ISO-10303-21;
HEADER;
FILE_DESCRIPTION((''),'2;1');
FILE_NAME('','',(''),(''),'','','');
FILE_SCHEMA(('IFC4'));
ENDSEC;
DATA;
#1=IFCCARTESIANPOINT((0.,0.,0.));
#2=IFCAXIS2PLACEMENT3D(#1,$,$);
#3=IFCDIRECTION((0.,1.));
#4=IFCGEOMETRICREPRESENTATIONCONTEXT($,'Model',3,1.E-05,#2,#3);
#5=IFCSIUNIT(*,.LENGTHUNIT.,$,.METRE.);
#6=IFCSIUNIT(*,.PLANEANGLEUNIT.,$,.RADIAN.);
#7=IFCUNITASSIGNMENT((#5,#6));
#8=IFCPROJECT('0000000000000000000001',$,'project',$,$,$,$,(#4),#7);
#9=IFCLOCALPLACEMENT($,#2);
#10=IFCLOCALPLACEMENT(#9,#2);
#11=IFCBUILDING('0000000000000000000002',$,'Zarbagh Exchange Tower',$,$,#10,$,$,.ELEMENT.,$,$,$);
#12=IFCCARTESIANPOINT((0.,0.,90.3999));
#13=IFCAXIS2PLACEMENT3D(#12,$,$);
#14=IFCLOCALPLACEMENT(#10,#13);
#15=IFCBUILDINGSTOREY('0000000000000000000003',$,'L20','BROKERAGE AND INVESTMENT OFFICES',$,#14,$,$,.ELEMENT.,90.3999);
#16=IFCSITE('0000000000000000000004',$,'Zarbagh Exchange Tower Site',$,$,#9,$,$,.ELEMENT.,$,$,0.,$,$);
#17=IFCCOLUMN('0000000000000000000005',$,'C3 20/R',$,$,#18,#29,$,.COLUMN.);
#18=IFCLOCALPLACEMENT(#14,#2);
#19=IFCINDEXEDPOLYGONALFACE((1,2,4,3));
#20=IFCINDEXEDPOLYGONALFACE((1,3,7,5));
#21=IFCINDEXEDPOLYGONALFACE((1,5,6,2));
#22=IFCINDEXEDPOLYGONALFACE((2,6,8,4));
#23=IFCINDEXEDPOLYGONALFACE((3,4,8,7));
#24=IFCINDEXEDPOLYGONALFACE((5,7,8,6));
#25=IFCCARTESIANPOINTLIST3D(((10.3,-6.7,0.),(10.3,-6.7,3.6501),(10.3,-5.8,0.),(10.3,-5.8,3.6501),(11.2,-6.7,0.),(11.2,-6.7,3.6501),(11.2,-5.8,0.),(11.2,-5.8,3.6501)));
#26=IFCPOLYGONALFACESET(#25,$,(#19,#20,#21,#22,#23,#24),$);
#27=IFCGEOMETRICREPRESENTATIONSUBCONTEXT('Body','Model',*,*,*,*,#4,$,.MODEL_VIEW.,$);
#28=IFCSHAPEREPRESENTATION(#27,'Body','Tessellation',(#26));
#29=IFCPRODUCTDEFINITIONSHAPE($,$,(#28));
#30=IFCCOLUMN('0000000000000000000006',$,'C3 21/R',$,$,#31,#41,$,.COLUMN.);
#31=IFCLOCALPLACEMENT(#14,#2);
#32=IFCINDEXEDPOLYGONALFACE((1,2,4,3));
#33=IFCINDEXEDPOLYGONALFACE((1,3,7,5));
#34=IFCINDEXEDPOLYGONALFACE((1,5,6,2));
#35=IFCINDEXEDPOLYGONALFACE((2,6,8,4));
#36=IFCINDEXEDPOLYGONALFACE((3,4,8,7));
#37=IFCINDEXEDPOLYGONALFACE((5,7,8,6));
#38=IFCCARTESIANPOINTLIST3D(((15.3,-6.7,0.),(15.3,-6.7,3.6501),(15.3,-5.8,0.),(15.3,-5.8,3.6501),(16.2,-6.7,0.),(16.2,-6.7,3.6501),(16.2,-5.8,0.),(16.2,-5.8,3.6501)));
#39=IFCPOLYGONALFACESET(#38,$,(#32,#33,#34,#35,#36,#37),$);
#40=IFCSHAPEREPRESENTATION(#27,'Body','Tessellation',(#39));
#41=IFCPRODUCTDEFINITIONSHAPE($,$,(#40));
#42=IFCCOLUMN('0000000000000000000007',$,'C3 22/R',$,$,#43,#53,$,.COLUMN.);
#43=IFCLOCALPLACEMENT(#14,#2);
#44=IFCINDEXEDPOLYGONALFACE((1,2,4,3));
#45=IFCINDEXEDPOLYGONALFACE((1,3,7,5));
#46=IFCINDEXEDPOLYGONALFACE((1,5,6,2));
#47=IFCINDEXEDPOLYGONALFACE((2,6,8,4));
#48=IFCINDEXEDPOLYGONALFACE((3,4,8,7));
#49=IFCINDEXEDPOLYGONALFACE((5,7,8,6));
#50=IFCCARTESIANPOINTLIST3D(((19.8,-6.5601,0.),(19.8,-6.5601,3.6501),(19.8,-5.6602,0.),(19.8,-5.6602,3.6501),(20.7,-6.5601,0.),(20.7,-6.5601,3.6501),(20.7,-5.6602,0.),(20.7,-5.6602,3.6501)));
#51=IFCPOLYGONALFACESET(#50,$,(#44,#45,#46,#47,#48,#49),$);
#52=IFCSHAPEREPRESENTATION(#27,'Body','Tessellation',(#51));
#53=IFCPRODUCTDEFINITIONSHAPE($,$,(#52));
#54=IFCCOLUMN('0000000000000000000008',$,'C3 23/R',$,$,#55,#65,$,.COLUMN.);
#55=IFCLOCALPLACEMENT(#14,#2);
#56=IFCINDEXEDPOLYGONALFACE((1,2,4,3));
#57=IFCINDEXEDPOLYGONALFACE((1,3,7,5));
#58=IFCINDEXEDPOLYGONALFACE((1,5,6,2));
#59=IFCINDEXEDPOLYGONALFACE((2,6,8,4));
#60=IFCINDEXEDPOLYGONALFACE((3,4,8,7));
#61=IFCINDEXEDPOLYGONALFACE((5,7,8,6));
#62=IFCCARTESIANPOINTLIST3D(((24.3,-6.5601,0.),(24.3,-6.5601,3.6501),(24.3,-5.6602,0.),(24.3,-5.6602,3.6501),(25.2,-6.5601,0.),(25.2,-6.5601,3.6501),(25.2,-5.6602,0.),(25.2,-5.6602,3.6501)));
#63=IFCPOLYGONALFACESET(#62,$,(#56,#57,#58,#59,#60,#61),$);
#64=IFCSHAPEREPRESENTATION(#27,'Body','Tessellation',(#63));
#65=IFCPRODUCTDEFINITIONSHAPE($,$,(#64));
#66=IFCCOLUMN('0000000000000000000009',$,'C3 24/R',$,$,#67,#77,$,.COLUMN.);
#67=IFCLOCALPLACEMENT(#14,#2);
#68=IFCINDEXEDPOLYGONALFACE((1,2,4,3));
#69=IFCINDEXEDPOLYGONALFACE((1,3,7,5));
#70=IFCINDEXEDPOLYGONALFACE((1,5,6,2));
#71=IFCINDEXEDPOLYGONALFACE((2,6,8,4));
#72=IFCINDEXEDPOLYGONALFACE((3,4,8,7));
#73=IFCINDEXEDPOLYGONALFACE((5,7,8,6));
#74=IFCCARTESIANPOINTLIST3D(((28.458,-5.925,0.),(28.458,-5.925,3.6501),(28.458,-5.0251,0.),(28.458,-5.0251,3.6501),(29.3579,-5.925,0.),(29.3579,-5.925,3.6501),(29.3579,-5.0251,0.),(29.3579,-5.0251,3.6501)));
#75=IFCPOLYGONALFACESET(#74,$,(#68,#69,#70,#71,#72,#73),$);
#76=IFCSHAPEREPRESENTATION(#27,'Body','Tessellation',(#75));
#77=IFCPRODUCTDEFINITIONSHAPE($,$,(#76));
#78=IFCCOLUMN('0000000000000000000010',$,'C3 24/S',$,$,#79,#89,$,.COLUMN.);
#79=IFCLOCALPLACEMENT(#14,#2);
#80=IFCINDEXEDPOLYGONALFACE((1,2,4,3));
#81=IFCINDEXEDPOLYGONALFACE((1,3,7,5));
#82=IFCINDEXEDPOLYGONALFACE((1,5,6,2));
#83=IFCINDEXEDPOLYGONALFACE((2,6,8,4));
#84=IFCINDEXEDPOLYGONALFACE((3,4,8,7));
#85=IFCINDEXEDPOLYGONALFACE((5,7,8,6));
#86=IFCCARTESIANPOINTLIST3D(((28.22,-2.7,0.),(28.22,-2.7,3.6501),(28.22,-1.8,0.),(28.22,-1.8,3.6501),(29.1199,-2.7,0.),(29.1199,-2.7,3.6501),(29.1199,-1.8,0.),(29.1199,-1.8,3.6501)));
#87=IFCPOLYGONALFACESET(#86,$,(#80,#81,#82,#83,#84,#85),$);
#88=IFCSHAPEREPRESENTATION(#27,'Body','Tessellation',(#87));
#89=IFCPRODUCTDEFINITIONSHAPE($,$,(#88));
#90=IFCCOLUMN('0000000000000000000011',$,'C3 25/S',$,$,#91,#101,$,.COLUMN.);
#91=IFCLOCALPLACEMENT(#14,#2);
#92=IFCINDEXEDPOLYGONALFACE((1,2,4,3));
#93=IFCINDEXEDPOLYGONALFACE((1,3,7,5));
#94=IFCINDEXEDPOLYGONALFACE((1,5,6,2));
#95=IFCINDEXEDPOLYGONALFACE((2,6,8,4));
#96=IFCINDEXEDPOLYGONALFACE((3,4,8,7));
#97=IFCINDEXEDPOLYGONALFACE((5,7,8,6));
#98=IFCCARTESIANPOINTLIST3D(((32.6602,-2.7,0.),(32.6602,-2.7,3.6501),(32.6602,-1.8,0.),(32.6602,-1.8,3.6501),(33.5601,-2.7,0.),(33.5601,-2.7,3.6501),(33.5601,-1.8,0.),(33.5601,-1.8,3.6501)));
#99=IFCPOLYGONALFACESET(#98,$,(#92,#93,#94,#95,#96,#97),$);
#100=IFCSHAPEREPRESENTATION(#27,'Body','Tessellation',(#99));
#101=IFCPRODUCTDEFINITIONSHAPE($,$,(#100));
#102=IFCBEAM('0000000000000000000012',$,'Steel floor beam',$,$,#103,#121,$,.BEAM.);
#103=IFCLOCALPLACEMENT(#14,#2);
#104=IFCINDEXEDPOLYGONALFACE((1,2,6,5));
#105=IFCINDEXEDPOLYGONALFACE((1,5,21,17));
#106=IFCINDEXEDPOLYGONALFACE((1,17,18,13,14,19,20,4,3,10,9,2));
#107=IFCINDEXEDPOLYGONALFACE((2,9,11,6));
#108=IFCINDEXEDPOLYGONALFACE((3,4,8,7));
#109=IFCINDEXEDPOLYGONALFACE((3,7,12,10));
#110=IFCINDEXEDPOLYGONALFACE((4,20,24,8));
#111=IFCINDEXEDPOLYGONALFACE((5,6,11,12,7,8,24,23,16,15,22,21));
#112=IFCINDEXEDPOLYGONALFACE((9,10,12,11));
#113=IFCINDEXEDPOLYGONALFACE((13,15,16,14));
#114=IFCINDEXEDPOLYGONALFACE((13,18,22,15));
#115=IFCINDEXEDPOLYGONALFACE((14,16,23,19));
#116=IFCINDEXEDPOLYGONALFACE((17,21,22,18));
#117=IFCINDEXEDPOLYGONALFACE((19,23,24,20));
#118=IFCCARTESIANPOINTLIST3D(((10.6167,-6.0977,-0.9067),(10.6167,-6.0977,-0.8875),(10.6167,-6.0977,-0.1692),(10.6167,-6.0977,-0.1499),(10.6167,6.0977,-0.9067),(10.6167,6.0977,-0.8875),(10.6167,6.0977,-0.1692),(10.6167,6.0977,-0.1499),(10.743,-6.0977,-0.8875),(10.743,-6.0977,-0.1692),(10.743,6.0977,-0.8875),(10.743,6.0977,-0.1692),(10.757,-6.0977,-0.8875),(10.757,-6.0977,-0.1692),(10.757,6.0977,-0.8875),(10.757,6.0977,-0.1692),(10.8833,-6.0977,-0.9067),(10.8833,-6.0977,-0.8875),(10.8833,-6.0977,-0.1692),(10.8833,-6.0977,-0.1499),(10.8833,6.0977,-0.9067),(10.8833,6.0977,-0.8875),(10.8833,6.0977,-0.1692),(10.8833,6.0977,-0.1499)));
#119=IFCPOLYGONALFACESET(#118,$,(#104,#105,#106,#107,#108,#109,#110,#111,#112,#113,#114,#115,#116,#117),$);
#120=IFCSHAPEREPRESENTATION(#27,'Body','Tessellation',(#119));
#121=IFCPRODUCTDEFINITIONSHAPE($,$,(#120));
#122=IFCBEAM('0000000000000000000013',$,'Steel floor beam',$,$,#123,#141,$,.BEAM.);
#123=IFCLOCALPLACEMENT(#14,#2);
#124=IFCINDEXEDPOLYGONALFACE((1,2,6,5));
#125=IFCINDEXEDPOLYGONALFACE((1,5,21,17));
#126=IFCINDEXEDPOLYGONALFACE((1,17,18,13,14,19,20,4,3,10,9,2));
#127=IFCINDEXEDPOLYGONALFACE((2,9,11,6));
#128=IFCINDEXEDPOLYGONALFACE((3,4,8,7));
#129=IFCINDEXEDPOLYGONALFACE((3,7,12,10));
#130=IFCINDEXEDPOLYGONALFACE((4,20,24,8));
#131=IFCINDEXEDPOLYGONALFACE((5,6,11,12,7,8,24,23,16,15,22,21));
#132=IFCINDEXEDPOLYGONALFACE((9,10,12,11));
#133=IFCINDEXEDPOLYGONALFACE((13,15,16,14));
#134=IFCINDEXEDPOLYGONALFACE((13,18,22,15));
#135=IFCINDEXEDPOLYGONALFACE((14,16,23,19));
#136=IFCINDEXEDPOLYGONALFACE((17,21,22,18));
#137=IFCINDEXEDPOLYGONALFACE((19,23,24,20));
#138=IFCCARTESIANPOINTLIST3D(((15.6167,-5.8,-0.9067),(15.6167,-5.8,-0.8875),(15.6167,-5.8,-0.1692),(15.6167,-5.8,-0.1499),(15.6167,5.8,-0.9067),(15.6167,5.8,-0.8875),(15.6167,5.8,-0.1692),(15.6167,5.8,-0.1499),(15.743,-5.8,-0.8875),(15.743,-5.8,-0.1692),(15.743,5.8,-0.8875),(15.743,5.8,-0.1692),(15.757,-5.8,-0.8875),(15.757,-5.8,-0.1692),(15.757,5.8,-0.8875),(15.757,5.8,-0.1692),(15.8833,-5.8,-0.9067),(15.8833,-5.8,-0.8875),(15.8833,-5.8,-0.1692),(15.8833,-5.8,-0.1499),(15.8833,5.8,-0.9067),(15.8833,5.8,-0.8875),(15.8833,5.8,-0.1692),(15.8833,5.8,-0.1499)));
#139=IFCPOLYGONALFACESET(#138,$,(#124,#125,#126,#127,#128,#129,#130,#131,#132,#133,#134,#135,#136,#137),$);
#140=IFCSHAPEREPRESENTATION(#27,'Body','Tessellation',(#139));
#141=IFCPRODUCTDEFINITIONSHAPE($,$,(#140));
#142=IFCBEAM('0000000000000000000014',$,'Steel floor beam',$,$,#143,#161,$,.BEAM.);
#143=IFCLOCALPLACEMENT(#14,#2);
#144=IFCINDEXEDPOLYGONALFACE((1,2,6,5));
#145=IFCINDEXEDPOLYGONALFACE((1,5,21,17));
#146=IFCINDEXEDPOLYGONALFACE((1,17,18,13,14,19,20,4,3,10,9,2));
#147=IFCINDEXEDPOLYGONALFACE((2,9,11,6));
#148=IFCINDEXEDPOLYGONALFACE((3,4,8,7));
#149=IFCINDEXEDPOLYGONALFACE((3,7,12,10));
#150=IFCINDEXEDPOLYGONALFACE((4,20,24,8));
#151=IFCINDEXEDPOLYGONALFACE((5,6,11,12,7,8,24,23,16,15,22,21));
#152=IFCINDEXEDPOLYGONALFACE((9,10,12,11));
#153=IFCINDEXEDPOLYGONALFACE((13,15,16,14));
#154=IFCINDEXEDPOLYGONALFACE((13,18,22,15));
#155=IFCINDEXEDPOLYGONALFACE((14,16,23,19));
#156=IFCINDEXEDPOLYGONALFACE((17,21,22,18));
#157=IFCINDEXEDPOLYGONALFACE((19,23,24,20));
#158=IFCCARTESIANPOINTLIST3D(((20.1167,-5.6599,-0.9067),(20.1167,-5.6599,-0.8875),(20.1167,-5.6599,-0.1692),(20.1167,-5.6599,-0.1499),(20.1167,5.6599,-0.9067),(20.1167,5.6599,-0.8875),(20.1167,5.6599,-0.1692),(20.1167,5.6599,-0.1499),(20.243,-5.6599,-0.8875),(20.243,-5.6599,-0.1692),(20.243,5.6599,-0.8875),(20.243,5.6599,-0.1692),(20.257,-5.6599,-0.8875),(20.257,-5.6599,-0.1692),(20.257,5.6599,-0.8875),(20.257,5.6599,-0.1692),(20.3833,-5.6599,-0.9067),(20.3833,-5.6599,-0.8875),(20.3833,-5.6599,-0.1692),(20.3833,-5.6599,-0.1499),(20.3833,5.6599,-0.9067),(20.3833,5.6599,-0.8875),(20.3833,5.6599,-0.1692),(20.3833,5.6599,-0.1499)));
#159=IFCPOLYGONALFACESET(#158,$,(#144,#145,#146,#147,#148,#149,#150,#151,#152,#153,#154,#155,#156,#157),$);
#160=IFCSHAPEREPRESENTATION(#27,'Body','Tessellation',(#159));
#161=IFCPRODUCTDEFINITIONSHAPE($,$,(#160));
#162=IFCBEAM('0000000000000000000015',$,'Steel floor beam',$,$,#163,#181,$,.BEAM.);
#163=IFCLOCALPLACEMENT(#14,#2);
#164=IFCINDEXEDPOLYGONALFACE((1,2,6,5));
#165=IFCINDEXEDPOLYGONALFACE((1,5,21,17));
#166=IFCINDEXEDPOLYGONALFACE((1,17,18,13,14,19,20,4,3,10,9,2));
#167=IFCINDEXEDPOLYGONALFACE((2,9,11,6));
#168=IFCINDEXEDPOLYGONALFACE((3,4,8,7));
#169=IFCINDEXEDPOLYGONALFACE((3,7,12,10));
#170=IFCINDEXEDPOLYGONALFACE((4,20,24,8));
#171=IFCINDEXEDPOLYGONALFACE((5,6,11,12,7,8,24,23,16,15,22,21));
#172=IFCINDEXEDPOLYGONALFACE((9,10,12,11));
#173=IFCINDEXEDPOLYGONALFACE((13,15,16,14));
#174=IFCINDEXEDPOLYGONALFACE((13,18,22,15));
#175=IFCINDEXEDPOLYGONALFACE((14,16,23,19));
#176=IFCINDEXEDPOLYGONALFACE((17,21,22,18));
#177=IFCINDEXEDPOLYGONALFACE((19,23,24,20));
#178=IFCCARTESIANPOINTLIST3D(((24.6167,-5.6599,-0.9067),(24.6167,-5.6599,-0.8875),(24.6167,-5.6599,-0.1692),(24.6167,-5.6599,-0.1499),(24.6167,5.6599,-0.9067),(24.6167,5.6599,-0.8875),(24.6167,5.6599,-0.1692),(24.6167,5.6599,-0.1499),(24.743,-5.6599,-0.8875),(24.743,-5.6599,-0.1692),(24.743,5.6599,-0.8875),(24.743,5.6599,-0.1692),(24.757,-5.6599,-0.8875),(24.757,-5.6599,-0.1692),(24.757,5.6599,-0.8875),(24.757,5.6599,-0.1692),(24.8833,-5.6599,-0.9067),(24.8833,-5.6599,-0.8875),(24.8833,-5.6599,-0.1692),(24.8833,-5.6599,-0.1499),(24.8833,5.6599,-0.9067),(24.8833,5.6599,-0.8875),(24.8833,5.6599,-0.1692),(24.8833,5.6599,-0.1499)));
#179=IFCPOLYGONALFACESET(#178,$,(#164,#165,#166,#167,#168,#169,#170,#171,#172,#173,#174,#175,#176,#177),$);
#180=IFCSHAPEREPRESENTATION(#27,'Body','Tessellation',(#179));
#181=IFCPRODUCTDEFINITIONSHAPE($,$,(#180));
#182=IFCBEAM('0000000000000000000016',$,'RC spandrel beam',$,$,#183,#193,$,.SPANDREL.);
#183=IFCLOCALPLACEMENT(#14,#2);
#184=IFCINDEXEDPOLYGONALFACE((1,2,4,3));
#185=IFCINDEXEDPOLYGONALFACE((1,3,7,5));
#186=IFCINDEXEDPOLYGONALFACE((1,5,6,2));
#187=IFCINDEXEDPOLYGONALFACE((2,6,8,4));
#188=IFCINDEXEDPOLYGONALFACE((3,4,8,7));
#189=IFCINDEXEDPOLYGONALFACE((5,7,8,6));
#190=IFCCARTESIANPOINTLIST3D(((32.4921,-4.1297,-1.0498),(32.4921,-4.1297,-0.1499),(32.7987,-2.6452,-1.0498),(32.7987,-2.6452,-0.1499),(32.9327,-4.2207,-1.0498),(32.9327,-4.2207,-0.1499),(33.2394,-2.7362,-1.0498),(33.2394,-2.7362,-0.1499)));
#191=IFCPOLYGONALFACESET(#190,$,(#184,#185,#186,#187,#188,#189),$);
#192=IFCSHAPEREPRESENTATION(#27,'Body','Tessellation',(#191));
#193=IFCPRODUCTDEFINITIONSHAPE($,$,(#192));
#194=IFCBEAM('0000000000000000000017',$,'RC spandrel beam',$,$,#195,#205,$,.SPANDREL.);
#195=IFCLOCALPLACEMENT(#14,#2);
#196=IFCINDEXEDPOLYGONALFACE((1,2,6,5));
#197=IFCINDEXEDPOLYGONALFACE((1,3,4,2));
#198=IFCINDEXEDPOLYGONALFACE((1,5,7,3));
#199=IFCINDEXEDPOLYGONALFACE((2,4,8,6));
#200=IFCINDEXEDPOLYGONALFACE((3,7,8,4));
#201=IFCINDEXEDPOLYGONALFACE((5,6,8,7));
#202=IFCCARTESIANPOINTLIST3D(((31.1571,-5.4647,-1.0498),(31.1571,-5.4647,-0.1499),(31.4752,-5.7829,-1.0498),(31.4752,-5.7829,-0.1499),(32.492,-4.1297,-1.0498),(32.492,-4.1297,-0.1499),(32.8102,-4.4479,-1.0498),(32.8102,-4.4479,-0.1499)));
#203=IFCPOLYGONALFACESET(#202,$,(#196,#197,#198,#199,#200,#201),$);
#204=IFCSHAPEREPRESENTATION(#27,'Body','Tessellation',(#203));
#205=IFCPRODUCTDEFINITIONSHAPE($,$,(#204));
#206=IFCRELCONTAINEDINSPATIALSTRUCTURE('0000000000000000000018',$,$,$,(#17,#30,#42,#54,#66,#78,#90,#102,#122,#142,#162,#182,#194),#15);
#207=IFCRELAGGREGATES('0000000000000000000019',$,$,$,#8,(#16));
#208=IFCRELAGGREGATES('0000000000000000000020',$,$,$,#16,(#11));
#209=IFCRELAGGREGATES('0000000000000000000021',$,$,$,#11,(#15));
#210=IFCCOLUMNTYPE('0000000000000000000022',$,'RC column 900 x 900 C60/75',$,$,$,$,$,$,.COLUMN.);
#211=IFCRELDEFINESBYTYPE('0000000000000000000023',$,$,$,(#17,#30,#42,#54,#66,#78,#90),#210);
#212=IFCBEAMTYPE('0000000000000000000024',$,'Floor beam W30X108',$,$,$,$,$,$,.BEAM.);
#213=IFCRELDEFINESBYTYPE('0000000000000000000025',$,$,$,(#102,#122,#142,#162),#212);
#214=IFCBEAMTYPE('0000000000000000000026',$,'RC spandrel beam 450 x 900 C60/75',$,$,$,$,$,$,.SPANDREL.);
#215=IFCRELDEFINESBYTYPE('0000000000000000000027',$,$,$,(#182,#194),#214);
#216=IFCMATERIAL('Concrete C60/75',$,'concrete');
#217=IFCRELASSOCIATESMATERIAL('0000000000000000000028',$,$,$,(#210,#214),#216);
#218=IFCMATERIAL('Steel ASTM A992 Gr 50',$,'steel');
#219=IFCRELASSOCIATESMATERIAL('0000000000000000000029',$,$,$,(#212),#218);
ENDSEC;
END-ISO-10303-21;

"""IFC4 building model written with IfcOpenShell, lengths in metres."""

from ifc_helpers import new_model, si_unit, direction, frame, origin, origin_2d, place, context, subcontext, project, spatial, rectangle, i_section, extrude, material, material_profile, profile_set, type_object, element, save


model = new_model("IFC4")

# Units and contexts
model_context = context("Model", 3, precision=1e-05, world=origin(), true_north=direction((0.0, 1.0)))
body_context = subcontext(model_context, "Body", "Model", "MODEL_VIEW")
ifc_project = project(units=[si_unit("LENGTHUNIT", "METRE"), si_unit("PLANEANGLEUNIT", "RADIAN")], contexts=[model_context])

# Site, building, storey
site_placement = place(None, origin())
site = spatial("IfcSite", under=ifc_project, at=site_placement, Name="Zarbagh Exchange Tower Site", CompositionType="ELEMENT", RefElevation=0.0)
building_placement = place(site_placement, origin())
building = spatial("IfcBuilding", under=site, at=building_placement, Name="Zarbagh Exchange Tower", CompositionType="ELEMENT")
storey_placement = place(building_placement, frame((0.0, 0.0, 90.3999)))
storey = spatial("IfcBuildingStorey", under=building, at=storey_placement, Name="L20", Description="BROKERAGE AND INVESTMENT OFFICES", CompositionType="ELEMENT", Elevation=90.3999)

# Columns
ifc_material_1 = material(Name="Concrete C60/75", Category="concrete")
ifc_material_profile_1 = material_profile(ifc_material_1, rectangle(XDim=0.8999, YDim=0.8999, at=origin_2d()), Name="RC column 900 x 900 C60/75")
ifc_profile_set_1 = profile_set([ifc_material_profile_1], Name="Concrete C60/75")
column_type = type_object("IfcColumnType", Name="RC column 900 x 900 C60/75", PredefinedType="COLUMN", material=ifc_profile_set_1)
for number, where, z_axis, x_axis, name in (
    (1, (10.75, -6.25, 0.0), (0.0, 0.0, 1.0), (1.0, 0.0, 0.0), "C3 20/R"),
    (2, (15.75, -6.25, 0.0), (0.0, 0.0, 1.0), (1.0, 0.0, 0.0), "C3 21/R"),
    (3, (20.25, -6.1101, 0.0), (0.0, 0.0, 1.0), (1.0, 0.0, 0.0), "C3 22/R"),
    (4, (24.75, -6.1101, 0.0), (0.0, 0.0, 1.0), (1.0, 0.0, 0.0), "C3 23/R"),
    (5, (28.908, -5.4751, 0.0), (0.0, 0.0, 1.0), (1.0, 0.0, 0.0), "C3 24/R"),
    (6, (28.6699, -2.25, 0.0), (0.0, 0.0, 1.0), (1.0, 0.0, 0.0), "C3 24/S"),
    (7, (33.1101, -2.25, 0.0), (0.0, 0.0, 1.0), (1.0, 0.0, 0.0), "C3 25/S"),
):
    element("IfcColumn", number, at=place(storey_placement, frame(where, z_axis=z_axis, x_axis=x_axis)), inside=storey, type_object=column_type, Name=name, PredefinedType="COLUMN", context=body_context, shape_type="SweptSolid", body=[
        extrude(rectangle(XDim=0.8999, YDim=0.8999, at=origin_2d()), origin(), (0.0, 0.0, 1.0), 3.6501),
    ])

# Beams
ifc_material_2 = material(Name="Steel ASTM A992 Gr 50", Category="steel")
ifc_material_profile_2 = material_profile(ifc_material_2, i_section(OverallWidth=0.2666, OverallDepth=0.7568, WebThickness=0.0139, FlangeThickness=0.0193, at=origin_2d()), Name="W30X108")
ifc_profile_set_2 = profile_set([ifc_material_profile_2], Name="Steel ASTM A992 Gr 50")
beam_type_1 = type_object("IfcBeamType", Name="Floor beam W30X108", PredefinedType="BEAM", material=ifc_profile_set_2)
beam_1_placement = place(storey_placement, frame((10.75, -6.0977, -0.5283), z_axis=(0.0, 1.0, 0.0), x_axis=(-1.0, 0.0, 0.0)))
element("IfcBeam", 8, at=beam_1_placement, inside=storey, type_object=beam_type_1, Name="Steel floor beam", PredefinedType="BEAM", context=body_context, shape_type="SweptSolid", body=[
    extrude(i_section(OverallWidth=0.2666, OverallDepth=0.7568, WebThickness=0.0139, FlangeThickness=0.0193, at=origin_2d()), origin(), (0.0, 0.0, 1.0), 12.1953),
])
beam_2_placement = place(storey_placement, frame((15.75, -5.8, -0.5283), z_axis=(0.0, 1.0, 0.0), x_axis=(-1.0, 0.0, 0.0)))
element("IfcBeam", 9, at=beam_2_placement, inside=storey, type_object=beam_type_1, Name="Steel floor beam", PredefinedType="BEAM", context=body_context, shape_type="SweptSolid", body=[
    extrude(i_section(OverallWidth=0.2666, OverallDepth=0.7568, WebThickness=0.0139, FlangeThickness=0.0193, at=origin_2d()), origin(), (0.0, 0.0, 1.0), 11.6001),
])
for number, where, z_axis, x_axis, name in (
    (10, (20.25, -5.6599, -0.5283), (0.0, 1.0, 0.0), (-1.0, 0.0, 0.0), "Steel floor beam"),
    (11, (24.75, -5.6599, -0.5283), (0.0, 1.0, 0.0), (-1.0, 0.0, 0.0), "Steel floor beam"),
):
    element("IfcBeam", number, at=place(storey_placement, frame(where, z_axis=z_axis, x_axis=x_axis)), inside=storey, type_object=beam_type_1, Name=name, PredefinedType="BEAM", context=body_context, shape_type="SweptSolid", body=[
        extrude(i_section(OverallWidth=0.2666, OverallDepth=0.7568, WebThickness=0.0139, FlangeThickness=0.0193, at=origin_2d()), origin(), (0.0, 0.0, 1.0), 11.3198),
    ])
ifc_material_profile_3 = material_profile(ifc_material_1, rectangle(XDim=0.45, YDim=0.8999, at=origin_2d()), Name="RC spandrel beam 450 x 900 C60/75")
ifc_profile_set_3 = profile_set([ifc_material_profile_3], Name="Concrete C60/75")
beam_type_2 = type_object("IfcBeamType", Name="RC spandrel beam 450 x 900 C60/75", PredefinedType="SPANDREL", material=ifc_profile_set_3)
beam_3_placement = place(storey_placement, frame((33.019, -2.6907, -0.5999), z_axis=(-0.202275, -0.979329, 0.0), x_axis=(0.979329, -0.202275, 0.0)))
element("IfcBeam", 12, at=beam_3_placement, inside=storey, type_object=beam_type_2, Name="RC spandrel beam", PredefinedType="SPANDREL", context=body_context, shape_type="SweptSolid", body=[
    extrude(rectangle(XDim=0.45, YDim=0.8999, at=origin_2d()), origin(), (0.0, 0.0, 1.0), 1.5159),
])
beam_4_placement = place(storey_placement, frame((32.6511, -4.2888, -0.5999), z_axis=(-0.707107, -0.707107, 0.0), x_axis=(0.707107, -0.707107, 0.0)))
element("IfcBeam", 13, at=beam_4_placement, inside=storey, type_object=beam_type_2, Name="RC spandrel beam", PredefinedType="SPANDREL", context=body_context, shape_type="SweptSolid", body=[
    extrude(rectangle(XDim=0.45, YDim=0.8999, at=origin_2d()), origin(), (0.0, 0.0, 1.0), 1.8879),
])

save(model, "model.ifc")
